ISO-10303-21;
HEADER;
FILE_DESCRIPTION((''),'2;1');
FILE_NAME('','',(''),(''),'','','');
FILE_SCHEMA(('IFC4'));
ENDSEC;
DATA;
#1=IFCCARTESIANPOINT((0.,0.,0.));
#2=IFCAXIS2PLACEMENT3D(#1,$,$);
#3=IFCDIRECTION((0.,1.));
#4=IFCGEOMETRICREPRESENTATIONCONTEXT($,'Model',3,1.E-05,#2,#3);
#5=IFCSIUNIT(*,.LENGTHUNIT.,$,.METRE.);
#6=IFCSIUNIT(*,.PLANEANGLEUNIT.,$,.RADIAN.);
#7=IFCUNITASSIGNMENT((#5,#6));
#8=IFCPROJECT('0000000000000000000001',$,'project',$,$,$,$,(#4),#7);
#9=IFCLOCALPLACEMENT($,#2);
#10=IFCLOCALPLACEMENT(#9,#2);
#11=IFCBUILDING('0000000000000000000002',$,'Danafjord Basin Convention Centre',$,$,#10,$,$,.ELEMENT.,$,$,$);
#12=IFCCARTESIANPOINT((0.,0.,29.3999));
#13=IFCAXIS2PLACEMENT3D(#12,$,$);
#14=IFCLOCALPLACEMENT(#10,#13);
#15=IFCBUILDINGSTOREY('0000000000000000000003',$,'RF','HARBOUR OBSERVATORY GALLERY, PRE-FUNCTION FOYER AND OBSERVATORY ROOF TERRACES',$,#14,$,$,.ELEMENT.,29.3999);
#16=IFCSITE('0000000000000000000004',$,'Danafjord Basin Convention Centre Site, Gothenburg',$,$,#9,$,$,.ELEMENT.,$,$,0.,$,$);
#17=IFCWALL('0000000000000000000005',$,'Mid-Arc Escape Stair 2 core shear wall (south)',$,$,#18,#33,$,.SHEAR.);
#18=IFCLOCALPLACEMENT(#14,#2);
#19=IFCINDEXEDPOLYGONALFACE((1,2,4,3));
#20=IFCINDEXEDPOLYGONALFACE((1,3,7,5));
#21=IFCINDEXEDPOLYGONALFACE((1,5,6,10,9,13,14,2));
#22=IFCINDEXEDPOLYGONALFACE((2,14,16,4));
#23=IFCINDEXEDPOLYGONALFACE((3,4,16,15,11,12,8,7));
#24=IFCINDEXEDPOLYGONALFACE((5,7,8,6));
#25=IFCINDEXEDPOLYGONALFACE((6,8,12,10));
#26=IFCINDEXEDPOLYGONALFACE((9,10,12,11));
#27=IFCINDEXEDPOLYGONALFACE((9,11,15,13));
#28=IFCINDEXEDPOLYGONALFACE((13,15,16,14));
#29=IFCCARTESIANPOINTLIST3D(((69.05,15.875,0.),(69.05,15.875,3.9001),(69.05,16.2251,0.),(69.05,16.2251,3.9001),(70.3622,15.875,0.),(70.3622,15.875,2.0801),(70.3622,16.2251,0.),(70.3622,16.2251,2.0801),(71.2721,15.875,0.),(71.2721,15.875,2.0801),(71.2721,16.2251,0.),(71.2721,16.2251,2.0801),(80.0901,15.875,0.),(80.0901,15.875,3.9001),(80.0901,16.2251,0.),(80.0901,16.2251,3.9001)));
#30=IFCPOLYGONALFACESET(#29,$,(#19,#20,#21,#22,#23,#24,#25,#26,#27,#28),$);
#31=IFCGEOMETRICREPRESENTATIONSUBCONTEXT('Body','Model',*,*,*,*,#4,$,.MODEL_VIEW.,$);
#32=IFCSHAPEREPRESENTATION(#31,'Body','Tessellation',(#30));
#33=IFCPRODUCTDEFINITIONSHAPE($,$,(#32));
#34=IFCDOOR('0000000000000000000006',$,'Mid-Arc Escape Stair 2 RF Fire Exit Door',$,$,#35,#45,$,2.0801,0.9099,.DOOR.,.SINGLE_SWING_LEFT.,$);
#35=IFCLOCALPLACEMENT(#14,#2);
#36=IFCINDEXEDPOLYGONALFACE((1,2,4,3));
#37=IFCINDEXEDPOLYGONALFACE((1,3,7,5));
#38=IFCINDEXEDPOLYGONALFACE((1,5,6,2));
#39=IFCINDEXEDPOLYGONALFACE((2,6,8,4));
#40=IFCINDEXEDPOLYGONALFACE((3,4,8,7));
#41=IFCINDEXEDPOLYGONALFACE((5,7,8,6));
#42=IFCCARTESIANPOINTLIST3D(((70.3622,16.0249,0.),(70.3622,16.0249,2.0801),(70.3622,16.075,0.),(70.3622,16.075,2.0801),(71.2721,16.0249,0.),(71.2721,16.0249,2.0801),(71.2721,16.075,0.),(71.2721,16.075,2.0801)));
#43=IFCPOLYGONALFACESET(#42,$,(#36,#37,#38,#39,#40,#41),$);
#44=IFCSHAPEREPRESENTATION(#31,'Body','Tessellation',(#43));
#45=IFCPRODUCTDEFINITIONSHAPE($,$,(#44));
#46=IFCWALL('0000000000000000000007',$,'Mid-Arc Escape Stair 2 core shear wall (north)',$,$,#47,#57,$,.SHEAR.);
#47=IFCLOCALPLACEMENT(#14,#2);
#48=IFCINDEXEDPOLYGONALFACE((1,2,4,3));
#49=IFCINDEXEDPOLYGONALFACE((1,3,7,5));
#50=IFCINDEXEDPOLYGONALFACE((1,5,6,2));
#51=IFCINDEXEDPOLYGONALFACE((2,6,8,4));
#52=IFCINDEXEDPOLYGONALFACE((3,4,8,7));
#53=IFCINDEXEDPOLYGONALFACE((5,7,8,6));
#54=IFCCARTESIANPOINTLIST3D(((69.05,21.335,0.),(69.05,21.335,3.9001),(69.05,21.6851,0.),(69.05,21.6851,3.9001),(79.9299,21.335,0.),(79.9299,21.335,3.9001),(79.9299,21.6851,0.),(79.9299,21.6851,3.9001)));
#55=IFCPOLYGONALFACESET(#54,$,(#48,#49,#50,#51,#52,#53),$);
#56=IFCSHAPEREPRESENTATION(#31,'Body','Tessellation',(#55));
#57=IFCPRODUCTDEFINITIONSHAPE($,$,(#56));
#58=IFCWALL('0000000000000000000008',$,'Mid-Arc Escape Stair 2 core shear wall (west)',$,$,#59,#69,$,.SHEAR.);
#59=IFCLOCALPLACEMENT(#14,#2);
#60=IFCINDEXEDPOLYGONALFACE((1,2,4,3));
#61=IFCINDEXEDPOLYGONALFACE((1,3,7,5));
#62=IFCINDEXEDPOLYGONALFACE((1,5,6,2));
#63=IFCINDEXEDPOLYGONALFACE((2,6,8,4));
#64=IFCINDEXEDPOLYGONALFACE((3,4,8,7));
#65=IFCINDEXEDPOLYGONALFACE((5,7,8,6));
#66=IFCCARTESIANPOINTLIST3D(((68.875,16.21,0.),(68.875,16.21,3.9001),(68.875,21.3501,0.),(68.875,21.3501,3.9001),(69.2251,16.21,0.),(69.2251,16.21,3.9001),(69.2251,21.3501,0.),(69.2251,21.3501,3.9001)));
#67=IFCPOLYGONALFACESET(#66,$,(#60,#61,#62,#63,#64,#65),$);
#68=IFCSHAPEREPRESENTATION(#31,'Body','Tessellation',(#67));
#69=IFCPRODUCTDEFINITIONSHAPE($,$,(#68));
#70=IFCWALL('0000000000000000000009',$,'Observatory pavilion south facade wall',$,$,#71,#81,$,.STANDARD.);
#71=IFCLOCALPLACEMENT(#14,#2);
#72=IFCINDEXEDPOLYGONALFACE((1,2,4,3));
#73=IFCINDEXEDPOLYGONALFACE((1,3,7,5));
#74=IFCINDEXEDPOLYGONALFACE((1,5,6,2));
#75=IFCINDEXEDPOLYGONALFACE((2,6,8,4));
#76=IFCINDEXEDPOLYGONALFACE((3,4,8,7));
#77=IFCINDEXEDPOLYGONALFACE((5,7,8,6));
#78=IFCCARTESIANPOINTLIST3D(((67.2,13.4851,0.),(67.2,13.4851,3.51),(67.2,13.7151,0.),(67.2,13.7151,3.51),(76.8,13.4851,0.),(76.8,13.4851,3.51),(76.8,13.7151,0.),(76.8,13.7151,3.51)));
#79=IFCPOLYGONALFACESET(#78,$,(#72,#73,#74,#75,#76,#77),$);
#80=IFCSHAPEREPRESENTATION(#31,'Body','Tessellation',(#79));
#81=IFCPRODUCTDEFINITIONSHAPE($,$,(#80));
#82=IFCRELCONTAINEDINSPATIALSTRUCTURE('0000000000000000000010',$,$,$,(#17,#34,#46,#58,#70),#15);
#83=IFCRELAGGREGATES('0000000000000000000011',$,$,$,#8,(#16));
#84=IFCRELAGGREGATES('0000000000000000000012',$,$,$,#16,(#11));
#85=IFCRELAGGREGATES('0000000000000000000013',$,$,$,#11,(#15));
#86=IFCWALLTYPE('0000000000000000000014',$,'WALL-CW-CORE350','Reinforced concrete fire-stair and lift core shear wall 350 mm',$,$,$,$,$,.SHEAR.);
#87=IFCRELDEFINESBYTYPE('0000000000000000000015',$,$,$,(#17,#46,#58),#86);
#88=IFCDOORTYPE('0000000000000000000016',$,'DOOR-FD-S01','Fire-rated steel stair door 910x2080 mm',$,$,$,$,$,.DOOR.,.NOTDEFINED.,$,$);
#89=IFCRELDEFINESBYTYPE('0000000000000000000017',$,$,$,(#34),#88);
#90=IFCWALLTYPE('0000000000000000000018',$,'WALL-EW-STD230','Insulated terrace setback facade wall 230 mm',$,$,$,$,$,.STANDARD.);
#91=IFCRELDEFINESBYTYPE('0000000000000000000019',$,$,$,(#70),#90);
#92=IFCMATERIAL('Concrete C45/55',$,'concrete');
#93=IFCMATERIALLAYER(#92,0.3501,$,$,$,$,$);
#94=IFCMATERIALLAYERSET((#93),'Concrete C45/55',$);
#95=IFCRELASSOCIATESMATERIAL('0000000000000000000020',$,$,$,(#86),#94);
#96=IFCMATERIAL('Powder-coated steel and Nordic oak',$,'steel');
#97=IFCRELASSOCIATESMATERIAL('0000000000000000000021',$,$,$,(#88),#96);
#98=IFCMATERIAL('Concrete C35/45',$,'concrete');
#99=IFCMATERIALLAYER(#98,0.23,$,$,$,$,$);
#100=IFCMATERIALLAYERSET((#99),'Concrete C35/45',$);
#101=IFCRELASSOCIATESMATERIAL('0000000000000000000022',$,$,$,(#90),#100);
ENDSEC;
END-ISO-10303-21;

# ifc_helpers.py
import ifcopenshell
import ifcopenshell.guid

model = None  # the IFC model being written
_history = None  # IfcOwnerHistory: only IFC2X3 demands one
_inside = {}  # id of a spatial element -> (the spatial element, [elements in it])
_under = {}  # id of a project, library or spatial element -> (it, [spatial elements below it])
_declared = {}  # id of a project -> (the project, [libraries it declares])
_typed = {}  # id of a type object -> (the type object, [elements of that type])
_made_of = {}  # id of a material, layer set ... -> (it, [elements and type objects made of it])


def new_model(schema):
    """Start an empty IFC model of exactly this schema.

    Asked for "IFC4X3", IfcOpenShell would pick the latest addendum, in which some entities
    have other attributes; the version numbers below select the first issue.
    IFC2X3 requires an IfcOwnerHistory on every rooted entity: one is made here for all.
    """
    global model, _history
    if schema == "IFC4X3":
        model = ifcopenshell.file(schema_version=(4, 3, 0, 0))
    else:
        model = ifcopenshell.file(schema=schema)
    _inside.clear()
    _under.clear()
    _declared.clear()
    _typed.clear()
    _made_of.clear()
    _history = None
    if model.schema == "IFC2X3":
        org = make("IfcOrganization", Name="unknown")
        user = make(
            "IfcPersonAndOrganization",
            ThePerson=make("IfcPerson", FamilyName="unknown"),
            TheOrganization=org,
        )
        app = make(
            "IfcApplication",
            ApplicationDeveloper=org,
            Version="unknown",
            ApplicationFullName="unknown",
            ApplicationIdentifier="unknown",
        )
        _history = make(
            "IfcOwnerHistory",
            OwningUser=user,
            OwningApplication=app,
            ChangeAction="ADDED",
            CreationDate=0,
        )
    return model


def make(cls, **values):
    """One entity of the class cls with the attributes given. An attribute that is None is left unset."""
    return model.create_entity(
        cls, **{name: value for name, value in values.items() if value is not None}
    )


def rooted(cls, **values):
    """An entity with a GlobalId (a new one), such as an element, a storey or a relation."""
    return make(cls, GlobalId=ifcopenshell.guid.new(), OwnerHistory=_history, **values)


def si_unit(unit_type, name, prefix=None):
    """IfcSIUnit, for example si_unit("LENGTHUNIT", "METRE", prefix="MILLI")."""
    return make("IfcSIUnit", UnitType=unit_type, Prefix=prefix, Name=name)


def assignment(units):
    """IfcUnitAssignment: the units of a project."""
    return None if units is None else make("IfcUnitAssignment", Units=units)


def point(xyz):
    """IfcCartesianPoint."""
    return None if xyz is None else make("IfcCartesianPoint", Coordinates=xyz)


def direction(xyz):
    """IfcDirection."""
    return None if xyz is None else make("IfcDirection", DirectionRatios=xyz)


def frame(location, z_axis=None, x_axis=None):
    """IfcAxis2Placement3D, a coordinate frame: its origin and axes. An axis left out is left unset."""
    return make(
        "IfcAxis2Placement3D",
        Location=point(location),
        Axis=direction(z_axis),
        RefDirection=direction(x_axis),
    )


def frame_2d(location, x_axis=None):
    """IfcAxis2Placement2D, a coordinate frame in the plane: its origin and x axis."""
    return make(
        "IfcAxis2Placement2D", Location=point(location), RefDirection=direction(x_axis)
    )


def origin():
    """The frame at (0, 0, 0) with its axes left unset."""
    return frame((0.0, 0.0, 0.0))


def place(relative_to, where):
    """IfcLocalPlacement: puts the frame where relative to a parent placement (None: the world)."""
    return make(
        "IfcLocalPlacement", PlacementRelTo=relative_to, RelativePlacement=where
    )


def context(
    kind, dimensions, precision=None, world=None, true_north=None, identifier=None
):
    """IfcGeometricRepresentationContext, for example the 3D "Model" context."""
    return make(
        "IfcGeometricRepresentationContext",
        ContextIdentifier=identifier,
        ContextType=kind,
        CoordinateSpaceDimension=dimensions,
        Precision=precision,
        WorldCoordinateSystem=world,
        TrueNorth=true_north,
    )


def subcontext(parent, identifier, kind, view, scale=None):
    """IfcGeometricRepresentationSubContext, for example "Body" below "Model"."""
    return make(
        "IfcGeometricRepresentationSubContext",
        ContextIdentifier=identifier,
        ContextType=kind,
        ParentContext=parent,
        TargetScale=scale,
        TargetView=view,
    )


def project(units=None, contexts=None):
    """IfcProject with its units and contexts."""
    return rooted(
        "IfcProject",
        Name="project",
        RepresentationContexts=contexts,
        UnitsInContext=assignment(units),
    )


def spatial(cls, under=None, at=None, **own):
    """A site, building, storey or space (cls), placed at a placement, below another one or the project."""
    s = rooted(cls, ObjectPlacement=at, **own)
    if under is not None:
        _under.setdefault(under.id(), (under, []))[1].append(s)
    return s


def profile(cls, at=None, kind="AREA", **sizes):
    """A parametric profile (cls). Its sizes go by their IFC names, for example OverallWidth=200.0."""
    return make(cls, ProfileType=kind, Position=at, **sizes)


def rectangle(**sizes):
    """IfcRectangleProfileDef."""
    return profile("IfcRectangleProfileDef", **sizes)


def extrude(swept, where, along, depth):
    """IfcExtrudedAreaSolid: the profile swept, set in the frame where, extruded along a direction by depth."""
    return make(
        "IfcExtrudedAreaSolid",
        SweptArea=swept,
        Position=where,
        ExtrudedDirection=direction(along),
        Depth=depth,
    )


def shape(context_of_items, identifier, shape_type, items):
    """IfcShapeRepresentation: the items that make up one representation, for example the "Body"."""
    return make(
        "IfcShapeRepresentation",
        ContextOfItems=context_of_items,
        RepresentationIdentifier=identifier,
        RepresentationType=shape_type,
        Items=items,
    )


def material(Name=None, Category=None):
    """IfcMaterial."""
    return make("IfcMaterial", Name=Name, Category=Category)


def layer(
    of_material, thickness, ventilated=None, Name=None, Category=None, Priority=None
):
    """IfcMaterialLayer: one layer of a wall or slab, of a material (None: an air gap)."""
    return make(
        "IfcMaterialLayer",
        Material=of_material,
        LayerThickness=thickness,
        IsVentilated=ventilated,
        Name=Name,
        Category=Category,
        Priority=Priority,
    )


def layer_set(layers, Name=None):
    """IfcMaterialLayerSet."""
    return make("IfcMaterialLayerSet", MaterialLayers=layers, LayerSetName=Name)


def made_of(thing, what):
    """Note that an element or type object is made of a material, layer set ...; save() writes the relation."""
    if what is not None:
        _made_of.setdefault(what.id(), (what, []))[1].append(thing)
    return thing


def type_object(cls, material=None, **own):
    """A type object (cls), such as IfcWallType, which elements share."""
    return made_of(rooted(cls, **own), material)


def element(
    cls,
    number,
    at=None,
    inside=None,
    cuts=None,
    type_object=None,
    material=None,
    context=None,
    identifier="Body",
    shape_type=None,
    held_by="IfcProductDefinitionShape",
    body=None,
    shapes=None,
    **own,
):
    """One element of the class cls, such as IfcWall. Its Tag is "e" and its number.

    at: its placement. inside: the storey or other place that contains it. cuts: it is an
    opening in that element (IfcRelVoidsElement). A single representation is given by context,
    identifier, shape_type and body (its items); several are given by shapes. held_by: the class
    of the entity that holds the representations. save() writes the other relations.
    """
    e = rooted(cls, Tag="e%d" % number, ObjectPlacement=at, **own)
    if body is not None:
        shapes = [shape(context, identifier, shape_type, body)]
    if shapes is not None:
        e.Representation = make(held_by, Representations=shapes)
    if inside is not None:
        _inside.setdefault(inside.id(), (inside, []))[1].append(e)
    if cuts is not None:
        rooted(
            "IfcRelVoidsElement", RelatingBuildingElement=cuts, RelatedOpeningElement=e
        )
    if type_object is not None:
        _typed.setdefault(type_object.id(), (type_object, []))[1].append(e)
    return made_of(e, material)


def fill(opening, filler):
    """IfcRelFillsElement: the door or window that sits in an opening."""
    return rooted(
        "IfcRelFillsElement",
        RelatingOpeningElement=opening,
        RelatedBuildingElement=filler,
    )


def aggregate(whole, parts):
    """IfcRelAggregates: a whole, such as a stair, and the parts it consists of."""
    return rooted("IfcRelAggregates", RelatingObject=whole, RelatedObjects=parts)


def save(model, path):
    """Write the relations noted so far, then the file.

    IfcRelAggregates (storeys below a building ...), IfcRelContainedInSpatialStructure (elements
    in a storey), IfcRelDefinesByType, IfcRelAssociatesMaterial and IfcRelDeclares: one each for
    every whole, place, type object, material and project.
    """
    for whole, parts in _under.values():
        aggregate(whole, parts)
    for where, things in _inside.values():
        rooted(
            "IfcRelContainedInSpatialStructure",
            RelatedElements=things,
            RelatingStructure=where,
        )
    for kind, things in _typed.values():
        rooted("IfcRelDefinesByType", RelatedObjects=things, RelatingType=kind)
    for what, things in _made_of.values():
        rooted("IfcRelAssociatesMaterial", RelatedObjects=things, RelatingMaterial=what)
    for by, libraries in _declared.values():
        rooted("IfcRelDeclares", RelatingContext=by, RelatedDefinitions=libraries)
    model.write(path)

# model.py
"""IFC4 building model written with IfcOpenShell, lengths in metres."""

from ifc_helpers import new_model, si_unit, direction, frame, frame_2d, origin, place, context, subcontext, project, spatial, rectangle, extrude, material, layer, layer_set, type_object, element, fill, save


model = new_model("IFC4")

# Units and contexts
model_context = context("Model", 3, precision=1e-05, world=origin(), true_north=direction((0.0, 1.0)))
body_context = subcontext(model_context, "Body", "Model", "MODEL_VIEW")
ifc_project = project(units=[si_unit("LENGTHUNIT", "METRE"), si_unit("PLANEANGLEUNIT", "RADIAN")], contexts=[model_context])

# Site, building, storey
site_placement = place(None, origin())
site = spatial("IfcSite", under=ifc_project, at=site_placement, Name="Danafjord Basin Convention Centre Site, Gothenburg", CompositionType="ELEMENT", RefElevation=0.0)
building_placement = place(site_placement, origin())
building = spatial("IfcBuilding", under=site, at=building_placement, Name="Danafjord Basin Convention Centre", CompositionType="ELEMENT")
storey_placement = place(building_placement, frame((0.0, 0.0, 29.3999)))
storey = spatial("IfcBuildingStorey", under=building, at=storey_placement, Name="RF", Description="HARBOUR OBSERVATORY GALLERY, PRE-FUNCTION FOYER AND OBSERVATORY ROOF TERRACES", CompositionType="ELEMENT", Elevation=29.3999)

# Shared definitions
ifc_material_1 = material(Name="Concrete C35/45", Category="concrete")

# Wall, opening, door
ifc_material_2 = material(Name="Concrete C45/55", Category="concrete")
ifc_layer_1 = layer(ifc_material_2, 0.3501)
ifc_layer_set_1 = layer_set([ifc_layer_1], Name="Concrete C45/55")
wall_type_1 = type_object("IfcWallType", Name="WALL-CW-CORE350", Description="Reinforced concrete fire-stair and lift core shear wall 350 mm", PredefinedType="SHEAR", material=ifc_layer_set_1)
wall_1_placement = place(storey_placement, frame((69.05, 16.05, 0.0), z_axis=(0.0, 0.0, 1.0), x_axis=(1.0, 0.0, 0.0)))
wall_1 = element("IfcWall", 1, at=wall_1_placement, inside=storey, type_object=wall_type_1, Name="Mid-Arc Escape Stair 2 core shear wall (south)", PredefinedType="SHEAR", context=body_context, shape_type="SweptSolid", body=[
    extrude(rectangle(XDim=11.04, YDim=0.3501, at=frame_2d((5.52, 0.0))), origin(), (0.0, 0.0, 1.0), 3.9001),
])
opening_placement = place(wall_1_placement, frame((1.312, 0.0, 0.0)))
opening = element("IfcOpeningElement", 2, at=opening_placement, cuts=wall_1, PredefinedType="OPENING", context=body_context, shape_type="SweptSolid", body=[
    extrude(rectangle(XDim=0.9099, YDim=2.0801, at=frame_2d((0.4551, 1.04))), frame((0.0, 0.1851, 0.0), z_axis=(0.0, -1.0, 0.0), x_axis=(1.0, 0.0, 0.0)), (0.0, 0.0, 1.0), 0.3701),
])
ifc_material_3 = material(Name="Powder-coated steel and Nordic oak", Category="steel")
door_type = type_object("IfcDoorType", Name="DOOR-FD-S01", Description="Fire-rated steel stair door 910x2080 mm", OperationType="NOTDEFINED", PredefinedType="DOOR", material=ifc_material_3)
door_placement = place(opening_placement, origin())
door = element("IfcDoor", 3, at=door_placement, inside=storey, type_object=door_type, Name="Mid-Arc Escape Stair 2 RF Fire Exit Door", OperationType="SINGLE_SWING_LEFT", OverallHeight=2.0801, OverallWidth=0.9099, PredefinedType="DOOR", context=body_context, shape_type="SweptSolid", body=[
    extrude(rectangle(XDim=0.9099, YDim=2.0801, at=frame_2d((0.4551, 1.04))), frame((0.0, 0.0249, 0.0), z_axis=(0.0, -1.0, 0.0), x_axis=(1.0, 0.0, 0.0)), (0.0, 0.0, 1.0), 0.05),
])
fill(opening, door)

# Walls
wall_2_placement = place(storey_placement, frame((79.9299, 21.51, 0.0), z_axis=(0.0, 0.0, 1.0), x_axis=(-1.0, 0.0, 0.0)))
element("IfcWall", 4, at=wall_2_placement, inside=storey, type_object=wall_type_1, Name="Mid-Arc Escape Stair 2 core shear wall (north)", PredefinedType="SHEAR", context=body_context, shape_type="SweptSolid", body=[
    extrude(rectangle(XDim=10.8799, YDim=0.3501, at=frame_2d((5.4399, 0.0))), origin(), (0.0, 0.0, 1.0), 3.9001),
])
wall_3_placement = place(storey_placement, frame((69.05, 21.3501, 0.0), z_axis=(0.0, 0.0, 1.0), x_axis=(0.0, -1.0, 0.0)))
element("IfcWall", 5, at=wall_3_placement, inside=storey, type_object=wall_type_1, Name="Mid-Arc Escape Stair 2 core shear wall (west)", PredefinedType="SHEAR", context=body_context, shape_type="SweptSolid", body=[
    extrude(rectangle(XDim=5.1401, YDim=0.3501, at=frame_2d((2.5701, 0.0))), origin(), (0.0, 0.0, 1.0), 3.9001),
])
ifc_layer_2 = layer(ifc_material_1, 0.23)
ifc_layer_set_2 = layer_set([ifc_layer_2], Name="Concrete C35/45")
wall_type_2 = type_object("IfcWallType", Name="WALL-EW-STD230", Description="Insulated terrace setback facade wall 230 mm", PredefinedType="STANDARD", material=ifc_layer_set_2)
wall_4_placement = place(storey_placement, frame((67.2, 13.6001, 0.0), z_axis=(0.0, 0.0, 1.0), x_axis=(1.0, 0.0, 0.0)))
element("IfcWall", 6, at=wall_4_placement, inside=storey, type_object=wall_type_2, Name="Observatory pavilion south facade wall", PredefinedType="STANDARD", context=body_context, shape_type="SweptSolid", body=[
    extrude(rectangle(XDim=9.6001, YDim=0.23, at=frame_2d((4.8, 0.0))), origin(), (0.0, 0.0, 1.0), 3.51),
])

save(model, "model.ifc")
